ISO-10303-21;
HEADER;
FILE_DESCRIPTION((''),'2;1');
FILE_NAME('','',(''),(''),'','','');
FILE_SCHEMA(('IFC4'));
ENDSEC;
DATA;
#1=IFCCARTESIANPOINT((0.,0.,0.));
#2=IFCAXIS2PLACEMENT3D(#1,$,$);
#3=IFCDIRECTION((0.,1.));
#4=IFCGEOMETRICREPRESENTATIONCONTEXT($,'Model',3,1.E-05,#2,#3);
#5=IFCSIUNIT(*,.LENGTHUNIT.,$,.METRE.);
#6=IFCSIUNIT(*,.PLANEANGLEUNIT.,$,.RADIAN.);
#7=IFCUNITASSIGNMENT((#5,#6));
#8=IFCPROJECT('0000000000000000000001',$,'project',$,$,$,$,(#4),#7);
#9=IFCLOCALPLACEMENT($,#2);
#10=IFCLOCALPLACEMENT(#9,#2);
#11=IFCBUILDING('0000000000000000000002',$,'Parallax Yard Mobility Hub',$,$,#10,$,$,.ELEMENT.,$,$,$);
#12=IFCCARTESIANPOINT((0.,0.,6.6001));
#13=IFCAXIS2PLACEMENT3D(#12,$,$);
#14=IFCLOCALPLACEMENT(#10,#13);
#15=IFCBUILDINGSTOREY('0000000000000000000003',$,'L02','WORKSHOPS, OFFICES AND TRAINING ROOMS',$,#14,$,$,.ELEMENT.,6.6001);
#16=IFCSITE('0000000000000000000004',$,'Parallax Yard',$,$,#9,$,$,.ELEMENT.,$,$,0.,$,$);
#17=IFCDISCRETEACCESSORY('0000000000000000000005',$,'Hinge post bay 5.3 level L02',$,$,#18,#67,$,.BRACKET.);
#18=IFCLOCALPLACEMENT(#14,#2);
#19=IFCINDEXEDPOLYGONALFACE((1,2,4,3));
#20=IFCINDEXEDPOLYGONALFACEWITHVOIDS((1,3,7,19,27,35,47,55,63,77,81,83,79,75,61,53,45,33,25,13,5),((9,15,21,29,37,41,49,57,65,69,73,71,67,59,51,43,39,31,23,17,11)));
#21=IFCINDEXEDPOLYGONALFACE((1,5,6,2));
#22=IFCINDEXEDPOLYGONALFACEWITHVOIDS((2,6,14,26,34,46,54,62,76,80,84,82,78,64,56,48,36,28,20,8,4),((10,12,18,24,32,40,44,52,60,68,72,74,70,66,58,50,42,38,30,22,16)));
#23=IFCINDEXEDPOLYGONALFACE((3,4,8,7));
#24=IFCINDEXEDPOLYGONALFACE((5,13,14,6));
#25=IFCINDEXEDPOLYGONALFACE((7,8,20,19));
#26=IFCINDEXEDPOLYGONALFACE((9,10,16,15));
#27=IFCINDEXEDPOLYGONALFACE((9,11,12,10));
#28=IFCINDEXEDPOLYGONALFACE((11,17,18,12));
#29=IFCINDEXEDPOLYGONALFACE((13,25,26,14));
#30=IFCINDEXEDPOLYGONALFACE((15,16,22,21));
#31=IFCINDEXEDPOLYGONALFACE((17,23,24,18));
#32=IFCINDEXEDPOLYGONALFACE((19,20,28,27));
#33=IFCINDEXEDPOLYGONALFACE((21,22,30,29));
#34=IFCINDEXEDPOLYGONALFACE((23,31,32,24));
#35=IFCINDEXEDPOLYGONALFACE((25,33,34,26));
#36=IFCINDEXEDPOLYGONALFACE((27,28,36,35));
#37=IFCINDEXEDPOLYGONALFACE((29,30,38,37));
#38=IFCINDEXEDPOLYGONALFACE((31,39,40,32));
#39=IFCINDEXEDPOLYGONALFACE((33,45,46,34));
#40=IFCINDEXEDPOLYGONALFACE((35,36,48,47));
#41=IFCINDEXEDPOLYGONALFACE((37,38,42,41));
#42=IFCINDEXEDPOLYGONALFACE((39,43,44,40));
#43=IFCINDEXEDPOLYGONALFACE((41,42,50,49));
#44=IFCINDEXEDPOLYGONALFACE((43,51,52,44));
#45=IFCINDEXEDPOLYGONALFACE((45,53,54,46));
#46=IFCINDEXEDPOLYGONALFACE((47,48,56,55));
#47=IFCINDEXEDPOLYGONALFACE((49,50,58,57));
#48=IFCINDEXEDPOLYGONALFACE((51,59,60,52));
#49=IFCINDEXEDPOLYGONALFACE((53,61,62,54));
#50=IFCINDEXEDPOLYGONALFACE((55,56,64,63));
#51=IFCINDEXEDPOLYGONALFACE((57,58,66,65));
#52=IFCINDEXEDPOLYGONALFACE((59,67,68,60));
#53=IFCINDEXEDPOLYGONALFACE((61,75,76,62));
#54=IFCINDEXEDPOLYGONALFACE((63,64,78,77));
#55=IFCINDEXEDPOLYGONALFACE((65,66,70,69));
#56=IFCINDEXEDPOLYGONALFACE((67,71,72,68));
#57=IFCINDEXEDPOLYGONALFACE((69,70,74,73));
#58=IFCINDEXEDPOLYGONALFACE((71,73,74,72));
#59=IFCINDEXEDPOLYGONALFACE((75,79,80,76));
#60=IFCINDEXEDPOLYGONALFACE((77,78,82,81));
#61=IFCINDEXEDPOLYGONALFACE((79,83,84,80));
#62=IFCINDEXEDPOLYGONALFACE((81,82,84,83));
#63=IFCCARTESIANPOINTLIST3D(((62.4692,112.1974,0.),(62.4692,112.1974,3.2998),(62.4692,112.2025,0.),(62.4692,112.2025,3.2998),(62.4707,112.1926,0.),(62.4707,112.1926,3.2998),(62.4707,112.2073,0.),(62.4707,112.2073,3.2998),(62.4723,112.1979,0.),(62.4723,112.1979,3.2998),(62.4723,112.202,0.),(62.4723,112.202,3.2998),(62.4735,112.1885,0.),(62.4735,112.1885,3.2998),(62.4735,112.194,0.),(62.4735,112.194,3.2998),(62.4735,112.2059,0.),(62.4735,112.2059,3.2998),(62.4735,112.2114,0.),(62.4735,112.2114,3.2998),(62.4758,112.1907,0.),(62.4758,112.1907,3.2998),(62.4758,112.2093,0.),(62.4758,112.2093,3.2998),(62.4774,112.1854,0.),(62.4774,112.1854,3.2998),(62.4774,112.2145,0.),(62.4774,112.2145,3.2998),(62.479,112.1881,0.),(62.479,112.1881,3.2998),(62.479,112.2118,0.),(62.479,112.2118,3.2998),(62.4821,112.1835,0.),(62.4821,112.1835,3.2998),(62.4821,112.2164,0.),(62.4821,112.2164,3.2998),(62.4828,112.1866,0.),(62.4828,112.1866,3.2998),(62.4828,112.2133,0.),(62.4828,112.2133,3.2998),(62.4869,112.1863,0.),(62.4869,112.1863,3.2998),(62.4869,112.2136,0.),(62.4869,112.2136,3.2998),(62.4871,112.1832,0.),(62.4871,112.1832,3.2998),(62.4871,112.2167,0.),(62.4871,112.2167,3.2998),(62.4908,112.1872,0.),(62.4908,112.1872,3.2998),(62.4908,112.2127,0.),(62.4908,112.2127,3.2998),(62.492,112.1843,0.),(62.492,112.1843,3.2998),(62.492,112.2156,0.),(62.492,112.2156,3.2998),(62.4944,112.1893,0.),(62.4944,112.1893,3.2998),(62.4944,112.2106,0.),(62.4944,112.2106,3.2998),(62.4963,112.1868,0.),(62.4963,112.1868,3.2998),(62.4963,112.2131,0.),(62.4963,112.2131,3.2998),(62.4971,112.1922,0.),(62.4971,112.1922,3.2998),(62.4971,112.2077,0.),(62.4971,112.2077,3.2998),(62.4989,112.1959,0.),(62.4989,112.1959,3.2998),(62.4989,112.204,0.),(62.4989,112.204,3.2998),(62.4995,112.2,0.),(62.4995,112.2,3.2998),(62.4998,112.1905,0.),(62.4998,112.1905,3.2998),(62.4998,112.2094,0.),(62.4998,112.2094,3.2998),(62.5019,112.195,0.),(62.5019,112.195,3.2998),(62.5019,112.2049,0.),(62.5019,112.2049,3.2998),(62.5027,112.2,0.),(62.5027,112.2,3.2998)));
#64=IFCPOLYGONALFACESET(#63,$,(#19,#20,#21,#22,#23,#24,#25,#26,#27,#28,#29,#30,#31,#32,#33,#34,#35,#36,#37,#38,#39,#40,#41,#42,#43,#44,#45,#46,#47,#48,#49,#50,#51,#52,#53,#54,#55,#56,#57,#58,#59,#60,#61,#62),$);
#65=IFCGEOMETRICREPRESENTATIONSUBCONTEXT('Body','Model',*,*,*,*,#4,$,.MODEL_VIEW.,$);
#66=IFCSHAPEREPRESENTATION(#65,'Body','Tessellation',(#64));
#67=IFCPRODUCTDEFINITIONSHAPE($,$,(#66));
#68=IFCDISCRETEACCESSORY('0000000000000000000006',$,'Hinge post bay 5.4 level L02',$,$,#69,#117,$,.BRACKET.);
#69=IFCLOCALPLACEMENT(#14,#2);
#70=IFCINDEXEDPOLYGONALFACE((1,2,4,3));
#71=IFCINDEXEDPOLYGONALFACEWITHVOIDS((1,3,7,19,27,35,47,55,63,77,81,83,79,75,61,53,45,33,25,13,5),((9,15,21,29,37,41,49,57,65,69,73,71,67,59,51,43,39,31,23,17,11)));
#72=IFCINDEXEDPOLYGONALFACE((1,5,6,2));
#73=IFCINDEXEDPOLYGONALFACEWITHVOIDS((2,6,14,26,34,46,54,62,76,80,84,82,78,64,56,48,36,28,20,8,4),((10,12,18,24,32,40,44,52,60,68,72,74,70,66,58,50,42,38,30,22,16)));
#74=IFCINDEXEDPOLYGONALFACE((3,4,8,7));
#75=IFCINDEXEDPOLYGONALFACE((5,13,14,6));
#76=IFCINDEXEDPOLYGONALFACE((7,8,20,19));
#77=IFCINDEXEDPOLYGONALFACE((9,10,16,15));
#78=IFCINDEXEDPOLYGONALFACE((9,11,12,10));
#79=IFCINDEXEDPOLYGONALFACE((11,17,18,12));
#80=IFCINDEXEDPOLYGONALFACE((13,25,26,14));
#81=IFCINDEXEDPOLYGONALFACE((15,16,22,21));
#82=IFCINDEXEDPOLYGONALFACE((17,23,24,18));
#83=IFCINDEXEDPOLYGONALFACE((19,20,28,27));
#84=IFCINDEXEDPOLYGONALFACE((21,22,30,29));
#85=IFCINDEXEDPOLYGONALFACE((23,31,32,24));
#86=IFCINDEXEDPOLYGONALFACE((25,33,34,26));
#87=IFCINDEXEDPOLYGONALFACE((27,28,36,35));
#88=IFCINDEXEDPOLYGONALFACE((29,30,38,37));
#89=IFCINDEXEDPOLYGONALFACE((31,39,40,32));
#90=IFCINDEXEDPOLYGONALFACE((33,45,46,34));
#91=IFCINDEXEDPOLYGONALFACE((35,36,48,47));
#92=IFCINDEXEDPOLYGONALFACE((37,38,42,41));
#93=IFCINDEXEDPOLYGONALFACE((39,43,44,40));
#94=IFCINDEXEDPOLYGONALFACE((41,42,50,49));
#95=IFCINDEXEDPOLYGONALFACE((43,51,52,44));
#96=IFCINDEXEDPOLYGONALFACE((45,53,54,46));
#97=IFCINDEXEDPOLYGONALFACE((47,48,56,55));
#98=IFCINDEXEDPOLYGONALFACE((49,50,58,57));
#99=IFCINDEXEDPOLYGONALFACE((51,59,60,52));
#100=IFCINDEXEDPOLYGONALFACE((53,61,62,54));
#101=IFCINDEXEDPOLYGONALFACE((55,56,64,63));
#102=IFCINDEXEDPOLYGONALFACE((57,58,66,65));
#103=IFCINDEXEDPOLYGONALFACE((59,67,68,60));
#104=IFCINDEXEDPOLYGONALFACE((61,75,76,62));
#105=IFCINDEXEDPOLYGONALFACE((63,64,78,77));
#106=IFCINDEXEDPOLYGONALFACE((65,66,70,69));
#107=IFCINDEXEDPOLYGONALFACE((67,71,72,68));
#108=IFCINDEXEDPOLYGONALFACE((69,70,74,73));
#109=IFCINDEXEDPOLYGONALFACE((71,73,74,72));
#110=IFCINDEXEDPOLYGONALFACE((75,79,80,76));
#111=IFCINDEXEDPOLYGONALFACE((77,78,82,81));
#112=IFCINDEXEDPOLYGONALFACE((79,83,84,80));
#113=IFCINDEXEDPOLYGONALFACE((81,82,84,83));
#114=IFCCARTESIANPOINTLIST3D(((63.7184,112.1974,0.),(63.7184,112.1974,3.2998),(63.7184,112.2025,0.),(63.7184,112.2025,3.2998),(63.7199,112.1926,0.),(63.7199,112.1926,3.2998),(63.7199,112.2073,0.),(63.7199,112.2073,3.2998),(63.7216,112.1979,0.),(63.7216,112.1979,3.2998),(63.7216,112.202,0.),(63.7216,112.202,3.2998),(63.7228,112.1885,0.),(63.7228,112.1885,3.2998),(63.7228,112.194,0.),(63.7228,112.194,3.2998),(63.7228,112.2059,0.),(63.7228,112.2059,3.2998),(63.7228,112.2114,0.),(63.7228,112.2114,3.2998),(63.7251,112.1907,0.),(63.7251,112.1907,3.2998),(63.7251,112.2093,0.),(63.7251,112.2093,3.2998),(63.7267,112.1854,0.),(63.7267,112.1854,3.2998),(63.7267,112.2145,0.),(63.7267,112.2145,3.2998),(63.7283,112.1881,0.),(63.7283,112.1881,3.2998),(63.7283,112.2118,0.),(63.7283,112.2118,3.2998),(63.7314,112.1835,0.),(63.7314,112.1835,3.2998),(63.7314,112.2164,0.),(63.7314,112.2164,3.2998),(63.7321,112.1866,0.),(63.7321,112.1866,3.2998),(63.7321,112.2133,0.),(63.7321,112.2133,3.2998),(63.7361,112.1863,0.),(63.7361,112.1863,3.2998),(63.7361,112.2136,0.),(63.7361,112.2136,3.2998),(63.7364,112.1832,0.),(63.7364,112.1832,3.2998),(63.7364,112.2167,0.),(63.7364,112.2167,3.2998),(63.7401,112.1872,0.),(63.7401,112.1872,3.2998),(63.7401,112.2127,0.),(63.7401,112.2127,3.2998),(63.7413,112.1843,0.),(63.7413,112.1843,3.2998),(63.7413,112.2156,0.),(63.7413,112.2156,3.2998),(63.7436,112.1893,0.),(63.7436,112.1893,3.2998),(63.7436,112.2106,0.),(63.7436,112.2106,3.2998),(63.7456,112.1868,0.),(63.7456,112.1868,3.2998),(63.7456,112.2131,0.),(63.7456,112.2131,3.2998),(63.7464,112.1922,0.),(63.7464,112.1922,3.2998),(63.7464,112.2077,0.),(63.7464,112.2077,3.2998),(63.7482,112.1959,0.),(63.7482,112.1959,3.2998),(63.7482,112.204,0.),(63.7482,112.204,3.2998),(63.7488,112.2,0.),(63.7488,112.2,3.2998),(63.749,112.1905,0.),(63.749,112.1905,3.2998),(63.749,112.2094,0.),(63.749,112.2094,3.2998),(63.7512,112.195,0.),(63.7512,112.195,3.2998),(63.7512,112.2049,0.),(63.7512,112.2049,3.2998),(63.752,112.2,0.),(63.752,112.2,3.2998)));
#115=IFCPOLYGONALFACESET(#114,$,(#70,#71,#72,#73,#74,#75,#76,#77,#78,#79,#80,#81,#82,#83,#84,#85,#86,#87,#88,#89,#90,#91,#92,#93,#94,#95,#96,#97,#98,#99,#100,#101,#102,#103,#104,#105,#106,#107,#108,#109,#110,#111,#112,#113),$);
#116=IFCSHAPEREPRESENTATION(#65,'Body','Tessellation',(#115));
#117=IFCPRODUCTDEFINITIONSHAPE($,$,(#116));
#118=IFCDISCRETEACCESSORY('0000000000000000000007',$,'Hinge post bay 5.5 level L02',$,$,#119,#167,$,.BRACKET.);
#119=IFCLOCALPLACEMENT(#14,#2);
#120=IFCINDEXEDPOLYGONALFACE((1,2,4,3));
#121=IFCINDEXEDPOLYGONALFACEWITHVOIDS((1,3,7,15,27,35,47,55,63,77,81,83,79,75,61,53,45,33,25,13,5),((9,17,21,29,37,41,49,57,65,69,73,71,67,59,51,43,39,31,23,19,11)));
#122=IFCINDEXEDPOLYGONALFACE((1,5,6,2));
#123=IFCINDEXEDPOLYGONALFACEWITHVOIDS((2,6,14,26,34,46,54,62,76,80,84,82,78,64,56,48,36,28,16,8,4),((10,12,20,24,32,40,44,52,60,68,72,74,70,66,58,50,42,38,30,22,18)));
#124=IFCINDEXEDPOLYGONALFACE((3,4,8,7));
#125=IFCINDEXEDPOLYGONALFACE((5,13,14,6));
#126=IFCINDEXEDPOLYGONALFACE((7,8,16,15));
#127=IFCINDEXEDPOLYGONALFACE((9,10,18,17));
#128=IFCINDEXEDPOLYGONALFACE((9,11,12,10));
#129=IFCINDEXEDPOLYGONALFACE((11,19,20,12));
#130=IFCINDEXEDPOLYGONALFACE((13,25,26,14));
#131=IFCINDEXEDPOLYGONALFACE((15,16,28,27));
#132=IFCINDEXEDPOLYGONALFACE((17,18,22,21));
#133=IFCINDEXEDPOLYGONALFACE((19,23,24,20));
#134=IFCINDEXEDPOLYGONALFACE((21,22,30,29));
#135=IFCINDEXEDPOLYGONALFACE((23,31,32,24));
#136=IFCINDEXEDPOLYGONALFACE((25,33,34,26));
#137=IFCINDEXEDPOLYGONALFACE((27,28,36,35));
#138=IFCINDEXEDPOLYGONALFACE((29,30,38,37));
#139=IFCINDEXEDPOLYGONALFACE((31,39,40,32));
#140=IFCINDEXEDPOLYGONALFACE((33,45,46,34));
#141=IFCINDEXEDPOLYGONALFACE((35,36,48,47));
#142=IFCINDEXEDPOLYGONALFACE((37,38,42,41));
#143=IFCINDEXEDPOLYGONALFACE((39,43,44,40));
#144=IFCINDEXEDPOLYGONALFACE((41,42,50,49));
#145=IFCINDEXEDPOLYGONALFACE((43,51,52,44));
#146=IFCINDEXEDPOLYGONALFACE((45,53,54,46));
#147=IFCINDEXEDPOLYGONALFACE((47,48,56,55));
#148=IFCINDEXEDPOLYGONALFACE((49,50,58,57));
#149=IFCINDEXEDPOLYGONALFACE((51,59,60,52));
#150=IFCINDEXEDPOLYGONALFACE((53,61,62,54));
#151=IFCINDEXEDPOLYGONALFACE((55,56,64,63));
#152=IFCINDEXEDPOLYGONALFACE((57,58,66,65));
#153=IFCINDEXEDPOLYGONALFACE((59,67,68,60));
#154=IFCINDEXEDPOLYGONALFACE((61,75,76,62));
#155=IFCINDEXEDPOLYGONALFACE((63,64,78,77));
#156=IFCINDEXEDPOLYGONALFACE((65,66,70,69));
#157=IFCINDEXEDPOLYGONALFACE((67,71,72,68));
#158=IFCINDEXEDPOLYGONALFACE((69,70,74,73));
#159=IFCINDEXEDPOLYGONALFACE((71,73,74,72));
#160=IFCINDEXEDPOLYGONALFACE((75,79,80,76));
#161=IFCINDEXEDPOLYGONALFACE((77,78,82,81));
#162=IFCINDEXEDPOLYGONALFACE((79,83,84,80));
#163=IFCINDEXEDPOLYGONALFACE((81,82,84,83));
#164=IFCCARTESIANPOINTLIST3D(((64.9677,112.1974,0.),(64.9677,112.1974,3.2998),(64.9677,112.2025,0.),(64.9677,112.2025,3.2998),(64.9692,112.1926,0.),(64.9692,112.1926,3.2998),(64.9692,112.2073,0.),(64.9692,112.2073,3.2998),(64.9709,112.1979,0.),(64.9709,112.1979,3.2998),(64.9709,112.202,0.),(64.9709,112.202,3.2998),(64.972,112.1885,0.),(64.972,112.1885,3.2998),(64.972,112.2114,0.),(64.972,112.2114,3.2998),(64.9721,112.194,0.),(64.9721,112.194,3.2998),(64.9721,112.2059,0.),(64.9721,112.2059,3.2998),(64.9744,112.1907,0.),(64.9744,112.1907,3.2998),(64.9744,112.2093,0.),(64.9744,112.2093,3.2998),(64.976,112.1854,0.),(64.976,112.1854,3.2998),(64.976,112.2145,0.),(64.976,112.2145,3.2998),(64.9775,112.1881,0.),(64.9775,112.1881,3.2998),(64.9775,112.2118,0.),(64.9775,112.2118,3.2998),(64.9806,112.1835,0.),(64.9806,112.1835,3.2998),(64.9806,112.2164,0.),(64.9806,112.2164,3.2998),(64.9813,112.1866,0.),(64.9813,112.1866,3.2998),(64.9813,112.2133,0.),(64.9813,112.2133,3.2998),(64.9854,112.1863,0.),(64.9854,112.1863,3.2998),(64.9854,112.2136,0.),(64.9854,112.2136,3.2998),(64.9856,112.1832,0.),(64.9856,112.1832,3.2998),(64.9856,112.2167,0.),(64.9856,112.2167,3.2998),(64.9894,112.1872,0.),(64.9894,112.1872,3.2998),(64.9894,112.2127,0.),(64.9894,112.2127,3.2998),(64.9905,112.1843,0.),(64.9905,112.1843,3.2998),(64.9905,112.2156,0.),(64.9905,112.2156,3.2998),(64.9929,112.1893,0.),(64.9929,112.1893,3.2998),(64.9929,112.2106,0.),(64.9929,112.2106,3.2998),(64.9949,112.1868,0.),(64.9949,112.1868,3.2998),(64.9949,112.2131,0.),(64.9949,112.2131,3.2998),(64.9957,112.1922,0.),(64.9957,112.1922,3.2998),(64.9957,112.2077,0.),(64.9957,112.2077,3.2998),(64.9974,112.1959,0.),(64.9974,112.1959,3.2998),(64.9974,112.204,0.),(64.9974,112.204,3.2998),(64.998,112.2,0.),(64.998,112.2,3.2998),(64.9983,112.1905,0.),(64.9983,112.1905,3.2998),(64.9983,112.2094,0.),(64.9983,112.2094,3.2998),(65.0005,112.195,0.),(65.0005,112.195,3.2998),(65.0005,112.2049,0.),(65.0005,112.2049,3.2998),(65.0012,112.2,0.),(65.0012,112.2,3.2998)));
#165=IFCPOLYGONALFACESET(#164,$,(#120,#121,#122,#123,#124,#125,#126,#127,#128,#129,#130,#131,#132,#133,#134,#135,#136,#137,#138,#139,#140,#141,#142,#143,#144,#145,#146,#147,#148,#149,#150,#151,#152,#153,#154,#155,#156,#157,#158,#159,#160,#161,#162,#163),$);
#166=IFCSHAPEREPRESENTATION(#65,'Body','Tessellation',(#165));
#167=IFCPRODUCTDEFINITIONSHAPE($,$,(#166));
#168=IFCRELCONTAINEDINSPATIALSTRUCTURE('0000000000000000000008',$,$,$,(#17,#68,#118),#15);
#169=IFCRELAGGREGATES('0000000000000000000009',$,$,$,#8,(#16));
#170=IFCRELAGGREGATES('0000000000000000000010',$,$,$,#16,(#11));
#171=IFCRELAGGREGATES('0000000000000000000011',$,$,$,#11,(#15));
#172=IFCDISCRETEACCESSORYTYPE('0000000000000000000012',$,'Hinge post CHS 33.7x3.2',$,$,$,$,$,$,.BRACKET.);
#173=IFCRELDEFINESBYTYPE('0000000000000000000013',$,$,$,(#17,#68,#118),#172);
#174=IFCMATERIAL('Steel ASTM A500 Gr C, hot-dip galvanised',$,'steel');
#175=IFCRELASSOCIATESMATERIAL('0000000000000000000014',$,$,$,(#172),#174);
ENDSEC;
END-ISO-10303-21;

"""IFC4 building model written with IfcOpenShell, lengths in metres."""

from ifc_helpers import new_model, si_unit, direction, frame, origin, origin_2d, place, context, subcontext, project, spatial, hollow_circle, extrude, material, material_profile, profile_set, type_object, element, save


model = new_model("IFC4")

# Units and contexts
model_context = context("Model", 3, precision=1e-05, world=origin(), true_north=direction((0.0, 1.0)))
body_context = subcontext(model_context, "Body", "Model", "MODEL_VIEW")
ifc_project = project(units=[si_unit("LENGTHUNIT", "METRE"), si_unit("PLANEANGLEUNIT", "RADIAN")], contexts=[model_context])

# Site, building, storey
site_placement = place(None, origin())
site = spatial("IfcSite", under=ifc_project, at=site_placement, Name="Parallax Yard", CompositionType="ELEMENT", RefElevation=0.0)
building_placement = place(site_placement, origin())
building = spatial("IfcBuilding", under=site, at=building_placement, Name="Parallax Yard Mobility Hub", CompositionType="ELEMENT")
storey_placement = place(building_placement, frame((0.0, 0.0, 6.6001)))
storey = spatial("IfcBuildingStorey", under=building, at=storey_placement, Name="L02", Description="WORKSHOPS, OFFICES AND TRAINING ROOMS", CompositionType="ELEMENT", Elevation=6.6001)

# Discrete accessories
ifc_material_1 = material(Name="Steel ASTM A500 Gr C, hot-dip galvanised", Category="steel")
ifc_material_profile_1 = material_profile(ifc_material_1, hollow_circle(Radius=0.0168, WallThickness=0.0032, at=origin_2d()), Name="CHS 33.7x3.2")
ifc_profile_set_1 = profile_set([ifc_material_profile_1], Name="Steel ASTM A500 Gr C, hot-dip galvanised")
discrete_accessory_type_1 = type_object("IfcDiscreteAccessoryType", Name="Hinge post CHS 33.7x3.2", PredefinedType="BRACKET", material=ifc_profile_set_1)
for number, where, z_axis, x_axis, name in (
    (1, (62.4858, 112.2, 0.0), (0.0, 0.0, 1.0), (1.0, 0.0, 0.0), "Hinge post bay 5.3 level L02"),
    (2, (63.7351, 112.2, 0.0), (0.0, 0.0, 1.0), (1.0, 0.0, 0.0), "Hinge post bay 5.4 level L02"),
    (3, (64.9844, 112.2, 0.0), (0.0, 0.0, 1.0), (1.0, 0.0, 0.0), "Hinge post bay 5.5 level L02"),
):
    element("IfcDiscreteAccessory", number, at=place(storey_placement, frame(where, z_axis=z_axis, x_axis=x_axis)), inside=storey, type_object=discrete_accessory_type_1, Name=name, PredefinedType="BRACKET", context=body_context, shape_type="SweptSolid", body=[
        extrude(hollow_circle(Radius=0.0168, WallThickness=0.0032, at=origin_2d()), origin(), (0.0, 0.0, 1.0), 3.2998),
    ])

save(model, "model.ifc")
